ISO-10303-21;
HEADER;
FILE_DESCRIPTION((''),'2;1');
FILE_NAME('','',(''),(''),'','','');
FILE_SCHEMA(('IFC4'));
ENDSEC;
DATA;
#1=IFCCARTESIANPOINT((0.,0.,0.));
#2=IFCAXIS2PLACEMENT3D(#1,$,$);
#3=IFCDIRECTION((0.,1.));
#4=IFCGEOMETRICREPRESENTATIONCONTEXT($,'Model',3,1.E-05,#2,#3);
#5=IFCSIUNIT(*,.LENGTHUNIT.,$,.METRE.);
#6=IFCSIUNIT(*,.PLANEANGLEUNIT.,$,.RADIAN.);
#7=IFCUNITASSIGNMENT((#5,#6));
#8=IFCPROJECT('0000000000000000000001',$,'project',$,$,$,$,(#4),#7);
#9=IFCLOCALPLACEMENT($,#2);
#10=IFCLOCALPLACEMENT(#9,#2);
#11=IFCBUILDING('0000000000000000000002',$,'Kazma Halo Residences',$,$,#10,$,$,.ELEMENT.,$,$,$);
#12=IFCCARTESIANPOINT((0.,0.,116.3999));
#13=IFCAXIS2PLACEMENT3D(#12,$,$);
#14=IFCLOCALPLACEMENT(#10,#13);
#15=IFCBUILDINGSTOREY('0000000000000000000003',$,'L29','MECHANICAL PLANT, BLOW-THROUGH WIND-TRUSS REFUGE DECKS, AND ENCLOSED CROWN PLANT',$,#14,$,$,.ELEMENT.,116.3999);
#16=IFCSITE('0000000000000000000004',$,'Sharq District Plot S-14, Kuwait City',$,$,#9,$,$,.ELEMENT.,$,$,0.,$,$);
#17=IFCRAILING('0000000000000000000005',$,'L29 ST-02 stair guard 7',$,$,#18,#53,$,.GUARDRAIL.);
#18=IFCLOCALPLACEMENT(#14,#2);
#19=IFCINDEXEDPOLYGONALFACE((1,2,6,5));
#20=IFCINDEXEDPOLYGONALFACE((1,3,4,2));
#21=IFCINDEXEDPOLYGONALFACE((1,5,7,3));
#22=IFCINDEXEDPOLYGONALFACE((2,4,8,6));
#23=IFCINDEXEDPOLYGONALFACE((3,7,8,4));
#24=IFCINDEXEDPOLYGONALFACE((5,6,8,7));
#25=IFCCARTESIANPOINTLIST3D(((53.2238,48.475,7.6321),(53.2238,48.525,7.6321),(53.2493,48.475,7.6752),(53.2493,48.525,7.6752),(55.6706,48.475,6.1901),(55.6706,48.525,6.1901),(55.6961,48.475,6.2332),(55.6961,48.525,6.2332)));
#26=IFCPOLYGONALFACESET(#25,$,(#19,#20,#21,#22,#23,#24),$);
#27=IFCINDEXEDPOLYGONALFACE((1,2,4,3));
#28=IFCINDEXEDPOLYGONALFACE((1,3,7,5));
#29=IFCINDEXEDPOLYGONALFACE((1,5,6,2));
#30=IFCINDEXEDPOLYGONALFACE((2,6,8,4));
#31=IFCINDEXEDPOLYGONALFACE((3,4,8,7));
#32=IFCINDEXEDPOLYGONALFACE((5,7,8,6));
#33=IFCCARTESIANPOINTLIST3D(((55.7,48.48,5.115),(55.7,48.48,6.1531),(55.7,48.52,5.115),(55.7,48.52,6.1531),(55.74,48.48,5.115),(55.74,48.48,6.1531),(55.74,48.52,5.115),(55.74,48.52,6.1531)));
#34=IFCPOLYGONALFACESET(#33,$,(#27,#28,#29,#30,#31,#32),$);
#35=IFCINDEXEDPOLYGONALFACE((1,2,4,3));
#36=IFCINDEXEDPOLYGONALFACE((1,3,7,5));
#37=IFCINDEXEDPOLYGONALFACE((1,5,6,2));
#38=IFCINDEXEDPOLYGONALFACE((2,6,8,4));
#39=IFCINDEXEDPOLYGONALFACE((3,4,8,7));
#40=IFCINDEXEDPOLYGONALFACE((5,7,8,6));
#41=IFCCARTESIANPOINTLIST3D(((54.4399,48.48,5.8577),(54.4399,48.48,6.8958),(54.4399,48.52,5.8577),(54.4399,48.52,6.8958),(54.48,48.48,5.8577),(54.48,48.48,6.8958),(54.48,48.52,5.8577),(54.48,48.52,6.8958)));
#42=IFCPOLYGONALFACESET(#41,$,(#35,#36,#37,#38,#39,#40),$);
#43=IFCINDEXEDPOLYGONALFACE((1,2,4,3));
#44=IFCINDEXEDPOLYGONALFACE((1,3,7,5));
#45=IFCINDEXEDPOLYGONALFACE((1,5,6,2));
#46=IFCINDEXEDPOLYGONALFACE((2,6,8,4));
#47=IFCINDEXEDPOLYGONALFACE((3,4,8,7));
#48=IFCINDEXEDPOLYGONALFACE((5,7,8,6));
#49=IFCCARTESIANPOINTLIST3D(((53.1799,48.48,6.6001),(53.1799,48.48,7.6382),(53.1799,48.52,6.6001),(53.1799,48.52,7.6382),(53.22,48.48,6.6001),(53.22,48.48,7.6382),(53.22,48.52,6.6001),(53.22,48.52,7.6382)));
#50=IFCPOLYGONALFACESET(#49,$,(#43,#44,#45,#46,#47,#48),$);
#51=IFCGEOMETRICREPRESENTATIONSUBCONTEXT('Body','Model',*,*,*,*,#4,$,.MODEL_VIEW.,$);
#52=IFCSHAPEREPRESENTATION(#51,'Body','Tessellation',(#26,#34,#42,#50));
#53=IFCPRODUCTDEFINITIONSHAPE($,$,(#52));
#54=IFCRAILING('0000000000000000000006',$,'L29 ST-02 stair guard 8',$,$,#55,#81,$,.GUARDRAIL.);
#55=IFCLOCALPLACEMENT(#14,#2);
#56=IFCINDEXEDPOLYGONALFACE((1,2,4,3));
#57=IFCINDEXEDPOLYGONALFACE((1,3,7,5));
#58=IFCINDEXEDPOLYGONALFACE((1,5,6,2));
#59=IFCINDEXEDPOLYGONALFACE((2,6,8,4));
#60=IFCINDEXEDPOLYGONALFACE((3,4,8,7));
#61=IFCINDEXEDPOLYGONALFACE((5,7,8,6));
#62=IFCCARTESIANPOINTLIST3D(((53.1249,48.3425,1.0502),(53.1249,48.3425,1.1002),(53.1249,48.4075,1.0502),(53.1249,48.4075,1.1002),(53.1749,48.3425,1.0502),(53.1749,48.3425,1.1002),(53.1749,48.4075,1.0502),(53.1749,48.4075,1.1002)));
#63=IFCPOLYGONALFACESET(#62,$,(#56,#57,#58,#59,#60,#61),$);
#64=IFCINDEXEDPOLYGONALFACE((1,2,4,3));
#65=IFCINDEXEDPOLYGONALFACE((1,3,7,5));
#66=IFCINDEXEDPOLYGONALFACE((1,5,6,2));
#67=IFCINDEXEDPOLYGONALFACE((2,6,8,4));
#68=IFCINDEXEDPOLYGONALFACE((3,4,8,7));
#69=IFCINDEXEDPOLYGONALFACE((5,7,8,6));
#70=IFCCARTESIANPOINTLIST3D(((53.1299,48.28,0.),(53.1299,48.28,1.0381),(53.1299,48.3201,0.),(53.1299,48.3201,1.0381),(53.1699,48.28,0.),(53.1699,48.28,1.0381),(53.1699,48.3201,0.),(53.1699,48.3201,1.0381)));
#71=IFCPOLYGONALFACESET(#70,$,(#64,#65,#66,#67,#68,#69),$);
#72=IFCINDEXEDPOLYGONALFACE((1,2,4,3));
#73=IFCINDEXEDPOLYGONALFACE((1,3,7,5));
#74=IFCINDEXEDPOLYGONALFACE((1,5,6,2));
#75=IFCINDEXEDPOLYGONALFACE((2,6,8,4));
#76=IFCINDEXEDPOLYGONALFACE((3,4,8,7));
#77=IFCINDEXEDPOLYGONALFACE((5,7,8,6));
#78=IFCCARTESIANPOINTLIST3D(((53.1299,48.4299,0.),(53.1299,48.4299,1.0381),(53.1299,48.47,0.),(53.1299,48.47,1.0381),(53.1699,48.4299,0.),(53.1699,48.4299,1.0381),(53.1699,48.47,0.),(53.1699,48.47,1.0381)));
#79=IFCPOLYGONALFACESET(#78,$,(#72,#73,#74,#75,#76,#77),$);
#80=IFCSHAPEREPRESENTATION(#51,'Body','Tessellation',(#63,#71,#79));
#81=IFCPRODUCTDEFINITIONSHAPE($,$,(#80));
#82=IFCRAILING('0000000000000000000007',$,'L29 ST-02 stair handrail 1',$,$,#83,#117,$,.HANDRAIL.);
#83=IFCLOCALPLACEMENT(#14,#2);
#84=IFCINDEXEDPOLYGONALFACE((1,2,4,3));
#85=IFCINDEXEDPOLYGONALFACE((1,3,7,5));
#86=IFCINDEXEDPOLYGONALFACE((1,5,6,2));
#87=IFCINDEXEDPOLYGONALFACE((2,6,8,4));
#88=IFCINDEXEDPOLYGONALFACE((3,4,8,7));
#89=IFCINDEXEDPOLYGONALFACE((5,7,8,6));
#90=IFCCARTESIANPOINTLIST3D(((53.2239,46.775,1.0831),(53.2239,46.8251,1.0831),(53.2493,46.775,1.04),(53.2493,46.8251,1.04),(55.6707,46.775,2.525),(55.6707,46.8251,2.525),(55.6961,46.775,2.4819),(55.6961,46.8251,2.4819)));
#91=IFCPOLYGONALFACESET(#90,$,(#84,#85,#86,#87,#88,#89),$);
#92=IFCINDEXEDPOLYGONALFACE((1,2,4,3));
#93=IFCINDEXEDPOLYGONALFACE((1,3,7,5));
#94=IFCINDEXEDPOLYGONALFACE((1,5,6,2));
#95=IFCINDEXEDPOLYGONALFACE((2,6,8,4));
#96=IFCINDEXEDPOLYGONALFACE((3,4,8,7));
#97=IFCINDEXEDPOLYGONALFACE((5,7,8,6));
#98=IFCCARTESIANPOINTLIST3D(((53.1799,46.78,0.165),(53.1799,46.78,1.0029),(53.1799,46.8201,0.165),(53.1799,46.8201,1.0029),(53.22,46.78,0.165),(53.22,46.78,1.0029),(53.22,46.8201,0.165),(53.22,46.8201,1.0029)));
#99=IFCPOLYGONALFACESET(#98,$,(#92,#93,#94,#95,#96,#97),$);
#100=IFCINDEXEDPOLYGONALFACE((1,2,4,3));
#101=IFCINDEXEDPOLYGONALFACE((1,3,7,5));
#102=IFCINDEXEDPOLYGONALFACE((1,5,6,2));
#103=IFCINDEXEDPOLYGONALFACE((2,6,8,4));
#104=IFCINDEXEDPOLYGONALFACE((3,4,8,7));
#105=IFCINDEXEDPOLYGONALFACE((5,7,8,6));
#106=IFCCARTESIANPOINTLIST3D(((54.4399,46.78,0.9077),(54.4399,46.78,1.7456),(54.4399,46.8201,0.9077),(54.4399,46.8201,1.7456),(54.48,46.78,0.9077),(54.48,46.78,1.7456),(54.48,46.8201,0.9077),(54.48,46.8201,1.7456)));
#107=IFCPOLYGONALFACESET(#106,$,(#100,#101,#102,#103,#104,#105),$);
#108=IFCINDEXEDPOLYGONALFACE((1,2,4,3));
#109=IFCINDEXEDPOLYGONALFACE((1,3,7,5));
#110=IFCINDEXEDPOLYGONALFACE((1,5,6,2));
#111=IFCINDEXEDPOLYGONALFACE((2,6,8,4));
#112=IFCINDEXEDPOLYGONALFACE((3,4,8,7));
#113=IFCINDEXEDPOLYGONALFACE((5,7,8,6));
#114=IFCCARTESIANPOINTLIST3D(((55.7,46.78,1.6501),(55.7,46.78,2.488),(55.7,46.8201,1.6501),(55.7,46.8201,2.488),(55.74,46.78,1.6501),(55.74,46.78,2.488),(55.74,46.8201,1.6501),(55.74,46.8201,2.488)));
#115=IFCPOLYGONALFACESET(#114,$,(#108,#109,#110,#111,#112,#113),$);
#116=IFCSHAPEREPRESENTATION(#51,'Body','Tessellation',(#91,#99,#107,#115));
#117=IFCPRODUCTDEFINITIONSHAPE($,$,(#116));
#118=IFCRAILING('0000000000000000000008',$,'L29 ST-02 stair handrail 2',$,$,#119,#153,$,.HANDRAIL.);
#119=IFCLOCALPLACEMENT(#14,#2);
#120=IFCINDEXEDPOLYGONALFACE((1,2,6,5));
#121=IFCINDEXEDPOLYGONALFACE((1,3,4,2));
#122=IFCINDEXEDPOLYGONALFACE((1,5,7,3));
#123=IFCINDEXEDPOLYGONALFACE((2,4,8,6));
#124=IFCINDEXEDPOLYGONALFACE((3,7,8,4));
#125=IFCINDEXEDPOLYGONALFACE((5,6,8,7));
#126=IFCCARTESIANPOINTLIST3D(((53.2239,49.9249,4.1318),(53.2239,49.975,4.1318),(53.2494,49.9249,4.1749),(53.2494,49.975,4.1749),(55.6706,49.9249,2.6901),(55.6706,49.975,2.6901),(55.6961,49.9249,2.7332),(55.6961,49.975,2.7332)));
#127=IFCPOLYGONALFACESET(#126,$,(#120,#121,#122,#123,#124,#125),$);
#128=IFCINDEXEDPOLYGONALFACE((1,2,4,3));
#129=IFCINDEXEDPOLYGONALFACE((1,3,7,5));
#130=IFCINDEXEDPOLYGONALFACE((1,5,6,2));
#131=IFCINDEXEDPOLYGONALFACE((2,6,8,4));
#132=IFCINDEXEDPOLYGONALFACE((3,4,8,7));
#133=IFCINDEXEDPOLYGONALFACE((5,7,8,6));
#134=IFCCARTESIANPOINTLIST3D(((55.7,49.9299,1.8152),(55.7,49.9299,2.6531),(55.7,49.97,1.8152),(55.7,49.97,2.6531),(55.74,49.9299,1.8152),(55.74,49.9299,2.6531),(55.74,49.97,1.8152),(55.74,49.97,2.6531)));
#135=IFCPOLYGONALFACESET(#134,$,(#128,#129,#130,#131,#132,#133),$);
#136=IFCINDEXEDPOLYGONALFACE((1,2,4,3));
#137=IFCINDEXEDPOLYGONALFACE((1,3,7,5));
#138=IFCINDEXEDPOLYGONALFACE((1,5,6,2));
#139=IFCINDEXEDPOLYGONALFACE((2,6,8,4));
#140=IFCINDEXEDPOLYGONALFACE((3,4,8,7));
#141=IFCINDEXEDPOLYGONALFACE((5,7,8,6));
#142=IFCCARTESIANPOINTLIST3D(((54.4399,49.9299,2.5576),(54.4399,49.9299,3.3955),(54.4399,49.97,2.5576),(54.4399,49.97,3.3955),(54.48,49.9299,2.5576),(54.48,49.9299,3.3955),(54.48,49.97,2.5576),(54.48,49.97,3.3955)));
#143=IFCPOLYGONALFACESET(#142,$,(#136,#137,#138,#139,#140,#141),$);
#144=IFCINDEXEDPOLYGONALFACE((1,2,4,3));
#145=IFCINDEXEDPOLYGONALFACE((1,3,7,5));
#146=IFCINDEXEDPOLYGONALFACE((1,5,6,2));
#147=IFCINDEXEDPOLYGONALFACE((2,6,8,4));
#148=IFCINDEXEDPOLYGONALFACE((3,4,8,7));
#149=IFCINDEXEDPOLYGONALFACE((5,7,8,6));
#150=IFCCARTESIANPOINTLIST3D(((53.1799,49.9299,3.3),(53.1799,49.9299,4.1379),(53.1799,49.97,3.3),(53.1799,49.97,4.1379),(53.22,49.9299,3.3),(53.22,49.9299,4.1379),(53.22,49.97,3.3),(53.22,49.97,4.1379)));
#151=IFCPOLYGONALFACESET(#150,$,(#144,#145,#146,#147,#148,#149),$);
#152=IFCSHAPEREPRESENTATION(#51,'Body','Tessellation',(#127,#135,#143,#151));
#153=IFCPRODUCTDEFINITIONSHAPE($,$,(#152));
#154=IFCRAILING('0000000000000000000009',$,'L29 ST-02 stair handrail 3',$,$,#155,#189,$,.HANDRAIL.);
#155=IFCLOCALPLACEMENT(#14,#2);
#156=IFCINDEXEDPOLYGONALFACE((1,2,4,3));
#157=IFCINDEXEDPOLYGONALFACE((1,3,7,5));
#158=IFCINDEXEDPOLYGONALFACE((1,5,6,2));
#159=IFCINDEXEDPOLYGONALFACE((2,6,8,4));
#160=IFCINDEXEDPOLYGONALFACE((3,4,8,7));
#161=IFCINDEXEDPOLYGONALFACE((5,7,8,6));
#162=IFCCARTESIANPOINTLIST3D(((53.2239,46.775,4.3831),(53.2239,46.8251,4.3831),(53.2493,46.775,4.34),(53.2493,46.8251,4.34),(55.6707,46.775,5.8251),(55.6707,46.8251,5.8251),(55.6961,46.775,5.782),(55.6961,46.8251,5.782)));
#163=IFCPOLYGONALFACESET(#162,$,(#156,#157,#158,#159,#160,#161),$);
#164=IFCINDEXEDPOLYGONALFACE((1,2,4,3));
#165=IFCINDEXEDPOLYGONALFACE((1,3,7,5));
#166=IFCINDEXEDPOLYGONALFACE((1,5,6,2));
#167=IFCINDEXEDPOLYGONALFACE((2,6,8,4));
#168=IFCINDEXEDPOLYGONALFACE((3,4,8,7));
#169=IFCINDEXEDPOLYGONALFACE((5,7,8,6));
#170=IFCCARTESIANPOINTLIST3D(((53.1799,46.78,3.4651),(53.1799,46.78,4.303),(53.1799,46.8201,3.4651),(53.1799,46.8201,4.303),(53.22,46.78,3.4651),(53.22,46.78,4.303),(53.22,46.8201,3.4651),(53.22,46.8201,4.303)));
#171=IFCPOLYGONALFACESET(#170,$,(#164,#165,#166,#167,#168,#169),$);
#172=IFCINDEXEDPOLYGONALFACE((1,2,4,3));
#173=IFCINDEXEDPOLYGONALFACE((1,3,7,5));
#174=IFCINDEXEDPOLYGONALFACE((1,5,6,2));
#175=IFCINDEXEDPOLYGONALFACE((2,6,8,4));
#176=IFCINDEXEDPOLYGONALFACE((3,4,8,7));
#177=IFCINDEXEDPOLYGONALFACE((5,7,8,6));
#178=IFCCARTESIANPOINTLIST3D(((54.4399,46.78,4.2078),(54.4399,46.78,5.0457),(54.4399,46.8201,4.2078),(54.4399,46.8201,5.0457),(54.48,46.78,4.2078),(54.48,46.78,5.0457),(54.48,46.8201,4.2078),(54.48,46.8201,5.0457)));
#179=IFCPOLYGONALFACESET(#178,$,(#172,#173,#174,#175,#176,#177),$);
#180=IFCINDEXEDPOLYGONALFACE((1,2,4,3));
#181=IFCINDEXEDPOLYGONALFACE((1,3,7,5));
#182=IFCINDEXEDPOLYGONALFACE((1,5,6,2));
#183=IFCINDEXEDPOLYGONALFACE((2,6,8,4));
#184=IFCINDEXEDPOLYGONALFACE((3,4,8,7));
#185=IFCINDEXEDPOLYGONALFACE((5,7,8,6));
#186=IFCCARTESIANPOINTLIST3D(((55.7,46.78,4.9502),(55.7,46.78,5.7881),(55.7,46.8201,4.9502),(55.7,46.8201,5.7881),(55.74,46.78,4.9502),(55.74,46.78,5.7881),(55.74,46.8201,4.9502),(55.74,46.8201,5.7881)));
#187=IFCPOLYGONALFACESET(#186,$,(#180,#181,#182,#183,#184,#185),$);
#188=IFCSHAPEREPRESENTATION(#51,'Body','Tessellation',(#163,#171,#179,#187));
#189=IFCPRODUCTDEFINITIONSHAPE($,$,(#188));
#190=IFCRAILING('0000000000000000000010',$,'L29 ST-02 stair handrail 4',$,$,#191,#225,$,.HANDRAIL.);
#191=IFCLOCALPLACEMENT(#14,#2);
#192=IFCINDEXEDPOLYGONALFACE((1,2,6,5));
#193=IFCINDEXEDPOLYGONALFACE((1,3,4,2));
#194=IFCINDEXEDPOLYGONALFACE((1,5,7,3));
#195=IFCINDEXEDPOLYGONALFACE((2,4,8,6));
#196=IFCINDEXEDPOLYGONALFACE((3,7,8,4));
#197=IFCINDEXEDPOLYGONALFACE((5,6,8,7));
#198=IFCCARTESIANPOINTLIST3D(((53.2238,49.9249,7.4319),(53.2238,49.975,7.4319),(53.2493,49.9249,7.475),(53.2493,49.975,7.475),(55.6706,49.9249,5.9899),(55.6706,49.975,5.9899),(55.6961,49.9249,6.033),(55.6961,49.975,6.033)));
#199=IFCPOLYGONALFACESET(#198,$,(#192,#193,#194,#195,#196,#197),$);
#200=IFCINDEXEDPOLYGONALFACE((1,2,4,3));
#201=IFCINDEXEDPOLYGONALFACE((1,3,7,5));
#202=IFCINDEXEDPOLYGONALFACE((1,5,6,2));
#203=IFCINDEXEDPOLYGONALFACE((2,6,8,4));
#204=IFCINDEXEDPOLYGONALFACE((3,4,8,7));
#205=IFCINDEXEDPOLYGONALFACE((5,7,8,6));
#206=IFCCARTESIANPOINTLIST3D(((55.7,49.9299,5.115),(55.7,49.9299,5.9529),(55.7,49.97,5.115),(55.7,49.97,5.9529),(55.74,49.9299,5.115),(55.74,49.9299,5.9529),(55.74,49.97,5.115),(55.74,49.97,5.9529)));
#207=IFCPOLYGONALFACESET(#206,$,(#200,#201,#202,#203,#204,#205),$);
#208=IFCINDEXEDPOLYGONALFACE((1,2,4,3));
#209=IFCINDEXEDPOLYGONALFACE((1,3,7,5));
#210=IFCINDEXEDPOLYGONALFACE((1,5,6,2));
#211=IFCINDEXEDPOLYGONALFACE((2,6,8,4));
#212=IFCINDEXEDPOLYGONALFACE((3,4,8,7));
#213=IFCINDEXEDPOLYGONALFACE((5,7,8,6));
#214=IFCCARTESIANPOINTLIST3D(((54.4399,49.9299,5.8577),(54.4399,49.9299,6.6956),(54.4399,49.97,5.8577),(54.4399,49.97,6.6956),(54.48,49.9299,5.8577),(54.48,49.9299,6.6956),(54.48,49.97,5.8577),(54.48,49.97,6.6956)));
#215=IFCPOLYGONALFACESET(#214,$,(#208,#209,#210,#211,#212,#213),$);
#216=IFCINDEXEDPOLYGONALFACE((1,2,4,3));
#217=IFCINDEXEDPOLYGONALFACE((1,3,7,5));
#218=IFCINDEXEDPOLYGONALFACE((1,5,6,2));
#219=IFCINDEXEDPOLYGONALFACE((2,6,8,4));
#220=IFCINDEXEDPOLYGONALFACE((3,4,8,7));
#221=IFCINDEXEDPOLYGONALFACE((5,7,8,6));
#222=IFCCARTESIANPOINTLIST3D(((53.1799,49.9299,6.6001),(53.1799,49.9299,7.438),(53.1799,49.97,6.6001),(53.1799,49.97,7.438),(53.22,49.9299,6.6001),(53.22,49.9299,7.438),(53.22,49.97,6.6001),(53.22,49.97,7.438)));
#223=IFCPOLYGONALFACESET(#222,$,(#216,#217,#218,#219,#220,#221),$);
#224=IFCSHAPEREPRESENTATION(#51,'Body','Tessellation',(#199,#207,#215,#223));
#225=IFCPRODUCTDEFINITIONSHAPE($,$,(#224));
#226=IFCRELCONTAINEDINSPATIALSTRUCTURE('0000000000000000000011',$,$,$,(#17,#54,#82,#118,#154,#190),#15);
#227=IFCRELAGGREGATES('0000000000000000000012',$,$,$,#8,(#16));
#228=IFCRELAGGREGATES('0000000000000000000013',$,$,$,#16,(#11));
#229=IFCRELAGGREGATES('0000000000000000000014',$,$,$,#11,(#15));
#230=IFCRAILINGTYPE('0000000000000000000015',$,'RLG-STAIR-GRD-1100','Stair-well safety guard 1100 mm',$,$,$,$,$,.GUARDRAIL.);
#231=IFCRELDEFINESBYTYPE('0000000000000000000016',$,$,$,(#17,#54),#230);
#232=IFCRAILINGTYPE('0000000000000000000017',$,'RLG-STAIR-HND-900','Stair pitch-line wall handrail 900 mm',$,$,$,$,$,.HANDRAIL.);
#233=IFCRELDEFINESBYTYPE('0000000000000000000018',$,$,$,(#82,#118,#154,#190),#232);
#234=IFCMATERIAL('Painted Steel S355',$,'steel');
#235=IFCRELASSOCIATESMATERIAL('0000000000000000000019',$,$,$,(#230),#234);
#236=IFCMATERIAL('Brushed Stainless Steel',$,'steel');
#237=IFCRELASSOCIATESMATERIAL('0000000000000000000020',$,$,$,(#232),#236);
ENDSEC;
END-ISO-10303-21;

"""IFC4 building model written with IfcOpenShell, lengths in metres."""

from ifc_helpers import new_model, si_unit, direction, frame, origin, origin_2d, place, context, subcontext, project, spatial, rectangle, extrude, material, type_object, element, save


model = new_model("IFC4")

# Units and contexts
model_context = context("Model", 3, precision=1e-05, world=origin(), true_north=direction((0.0, 1.0)))
body_context = subcontext(model_context, "Body", "Model", "MODEL_VIEW")
ifc_project = project(units=[si_unit("LENGTHUNIT", "METRE"), si_unit("PLANEANGLEUNIT", "RADIAN")], contexts=[model_context])

# Site, building, storey
site_placement = place(None, origin())
site = spatial("IfcSite", under=ifc_project, at=site_placement, Name="Sharq District Plot S-14, Kuwait City", CompositionType="ELEMENT", RefElevation=0.0)
building_placement = place(site_placement, origin())
building = spatial("IfcBuilding", under=site, at=building_placement, Name="Kazma Halo Residences", CompositionType="ELEMENT")
storey_placement = place(building_placement, frame((0.0, 0.0, 116.3999)))
storey = spatial("IfcBuildingStorey", under=building, at=storey_placement, Name="L29", Description="MECHANICAL PLANT, BLOW-THROUGH WIND-TRUSS REFUGE DECKS, AND ENCLOSED CROWN PLANT", CompositionType="ELEMENT", Elevation=116.3999)

# Railings
ifc_material_1 = material(Name="Painted Steel S355", Category="steel")
railing_type_1 = type_object("IfcRailingType", Name="RLG-STAIR-GRD-1100", Description="Stair-well safety guard 1100 mm", PredefinedType="GUARDRAIL", material=ifc_material_1)
railing_1_placement = place(storey_placement, frame((55.72, 48.5, 5.115)))
element("IfcRailing", 1, at=railing_1_placement, inside=storey, type_object=railing_type_1, Name="L29 ST-02 stair guard 7", PredefinedType="GUARDRAIL", context=body_context, shape_type="SweptSolid", body=[
    extrude(rectangle(XDim=0.05, YDim=0.05, at=origin_2d()), frame((-0.0366, 0.0, 1.0967), z_axis=(-0.861524, 0.0, 0.507717), x_axis=(0.0, -1.0, 0.0)), (0.0, 0.0, 1.0), 2.8401),
    extrude(rectangle(XDim=0.04, YDim=0.04, at=origin_2d()), origin(), (0.0, 0.0, 1.0), 1.0381),
    extrude(rectangle(XDim=0.04, YDim=0.04, at=origin_2d()), frame((-1.26, 0.0, 0.7427)), (0.0, 0.0, 1.0), 1.0381),
    extrude(rectangle(XDim=0.04, YDim=0.04, at=origin_2d()), frame((-2.52, 0.0, 1.4851)), (0.0, 0.0, 1.0), 1.0381),
])
railing_2_placement = place(storey_placement, frame((53.1499, 48.3, 0.0)))
element("IfcRailing", 2, at=railing_2_placement, inside=storey, type_object=railing_type_1, Name="L29 ST-02 stair guard 8", PredefinedType="GUARDRAIL", context=body_context, shape_type="SweptSolid", body=[
    extrude(rectangle(XDim=0.05, YDim=0.05, at=origin_2d()), frame((0.0, 0.0425, 1.0752), z_axis=(0.0, 1.0, 0.0), x_axis=(-1.0, 0.0, 0.0)), (0.0, 0.0, 1.0), 0.0649),
    extrude(rectangle(XDim=0.04, YDim=0.04, at=origin_2d()), origin(), (0.0, 0.0, 1.0), 1.0381),
    extrude(rectangle(XDim=0.04, YDim=0.04, at=origin_2d()), frame((0.0, 0.1499, 0.0)), (0.0, 0.0, 1.0), 1.0381),
])
ifc_material_2 = material(Name="Brushed Stainless Steel", Category="steel")
railing_type_2 = type_object("IfcRailingType", Name="RLG-STAIR-HND-900", Description="Stair pitch-line wall handrail 900 mm", PredefinedType="HANDRAIL", material=ifc_material_2)
railing_3_placement = place(storey_placement, frame((53.2, 46.8, 0.165)))
element("IfcRailing", 3, at=railing_3_placement, inside=storey, type_object=railing_type_2, Name="L29 ST-02 stair handrail 1", PredefinedType="HANDRAIL", context=body_context, shape_type="SweptSolid", body=[
    extrude(rectangle(XDim=0.05, YDim=0.05, at=origin_2d()), frame((0.0366, 0.0, 0.8965), z_axis=(0.861524, 0.0, 0.507717), x_axis=(0.0, 1.0, 0.0)), (0.0, 0.0, 1.0), 2.8401),
    extrude(rectangle(XDim=0.04, YDim=0.04, at=origin_2d()), origin(), (0.0, 0.0, 1.0), 0.8379),
    extrude(rectangle(XDim=0.04, YDim=0.04, at=origin_2d()), frame((1.26, 0.0, 0.7427)), (0.0, 0.0, 1.0), 0.8379),
    extrude(rectangle(XDim=0.04, YDim=0.04, at=origin_2d()), frame((2.52, 0.0, 1.4851)), (0.0, 0.0, 1.0), 0.8379),
])
railing_4_placement = place(storey_placement, frame((55.72, 49.95, 1.8152)))
element("IfcRailing", 4, at=railing_4_placement, inside=storey, type_object=railing_type_2, Name="L29 ST-02 stair handrail 2", PredefinedType="HANDRAIL", context=body_context, shape_type="SweptSolid", body=[
    extrude(rectangle(XDim=0.05, YDim=0.05, at=origin_2d()), frame((-0.0366, 0.0, 0.8965), z_axis=(-0.861561, 0.0, 0.507655), x_axis=(0.0, -1.0, 0.0)), (0.0, 0.0, 1.0), 2.8398),
    extrude(rectangle(XDim=0.04, YDim=0.04, at=origin_2d()), origin(), (0.0, 0.0, 1.0), 0.8379),
    extrude(rectangle(XDim=0.04, YDim=0.04, at=origin_2d()), frame((-1.26, 0.0, 0.7424)), (0.0, 0.0, 1.0), 0.8379),
    extrude(rectangle(XDim=0.04, YDim=0.04, at=origin_2d()), frame((-2.52, 0.0, 1.4849)), (0.0, 0.0, 1.0), 0.8379),
])
railing_5_placement = place(storey_placement, frame((53.2, 46.8, 3.4651)))
element("IfcRailing", 5, at=railing_5_placement, inside=storey, type_object=railing_type_2, Name="L29 ST-02 stair handrail 3", PredefinedType="HANDRAIL", context=body_context, shape_type="SweptSolid", body=[
    extrude(rectangle(XDim=0.05, YDim=0.05, at=origin_2d()), frame((0.0366, 0.0, 0.8965), z_axis=(0.861524, 0.0, 0.507717), x_axis=(0.0, 1.0, 0.0)), (0.0, 0.0, 1.0), 2.8401),
    extrude(rectangle(XDim=0.04, YDim=0.04, at=origin_2d()), origin(), (0.0, 0.0, 1.0), 0.8379),
    extrude(rectangle(XDim=0.04, YDim=0.04, at=origin_2d()), frame((1.26, 0.0, 0.7427)), (0.0, 0.0, 1.0), 0.8379),
    extrude(rectangle(XDim=0.04, YDim=0.04, at=origin_2d()), frame((2.52, 0.0, 1.4851)), (0.0, 0.0, 1.0), 0.8379),
])
railing_6_placement = place(storey_placement, frame((55.72, 49.95, 5.115)))
element("IfcRailing", 6, at=railing_6_placement, inside=storey, type_object=railing_type_2, Name="L29 ST-02 stair handrail 4", PredefinedType="HANDRAIL", context=body_context, shape_type="SweptSolid", body=[
    extrude(rectangle(XDim=0.05, YDim=0.05, at=origin_2d()), frame((-0.0366, 0.0, 0.8965), z_axis=(-0.861524, 0.0, 0.507717), x_axis=(0.0, -1.0, 0.0)), (0.0, 0.0, 1.0), 2.8401),
    extrude(rectangle(XDim=0.04, YDim=0.04, at=origin_2d()), origin(), (0.0, 0.0, 1.0), 0.8379),
    extrude(rectangle(XDim=0.04, YDim=0.04, at=origin_2d()), frame((-1.26, 0.0, 0.7427)), (0.0, 0.0, 1.0), 0.8379),
    extrude(rectangle(XDim=0.04, YDim=0.04, at=origin_2d()), frame((-2.52, 0.0, 1.4851)), (0.0, 0.0, 1.0), 0.8379),
])

save(model, "model.ifc")
